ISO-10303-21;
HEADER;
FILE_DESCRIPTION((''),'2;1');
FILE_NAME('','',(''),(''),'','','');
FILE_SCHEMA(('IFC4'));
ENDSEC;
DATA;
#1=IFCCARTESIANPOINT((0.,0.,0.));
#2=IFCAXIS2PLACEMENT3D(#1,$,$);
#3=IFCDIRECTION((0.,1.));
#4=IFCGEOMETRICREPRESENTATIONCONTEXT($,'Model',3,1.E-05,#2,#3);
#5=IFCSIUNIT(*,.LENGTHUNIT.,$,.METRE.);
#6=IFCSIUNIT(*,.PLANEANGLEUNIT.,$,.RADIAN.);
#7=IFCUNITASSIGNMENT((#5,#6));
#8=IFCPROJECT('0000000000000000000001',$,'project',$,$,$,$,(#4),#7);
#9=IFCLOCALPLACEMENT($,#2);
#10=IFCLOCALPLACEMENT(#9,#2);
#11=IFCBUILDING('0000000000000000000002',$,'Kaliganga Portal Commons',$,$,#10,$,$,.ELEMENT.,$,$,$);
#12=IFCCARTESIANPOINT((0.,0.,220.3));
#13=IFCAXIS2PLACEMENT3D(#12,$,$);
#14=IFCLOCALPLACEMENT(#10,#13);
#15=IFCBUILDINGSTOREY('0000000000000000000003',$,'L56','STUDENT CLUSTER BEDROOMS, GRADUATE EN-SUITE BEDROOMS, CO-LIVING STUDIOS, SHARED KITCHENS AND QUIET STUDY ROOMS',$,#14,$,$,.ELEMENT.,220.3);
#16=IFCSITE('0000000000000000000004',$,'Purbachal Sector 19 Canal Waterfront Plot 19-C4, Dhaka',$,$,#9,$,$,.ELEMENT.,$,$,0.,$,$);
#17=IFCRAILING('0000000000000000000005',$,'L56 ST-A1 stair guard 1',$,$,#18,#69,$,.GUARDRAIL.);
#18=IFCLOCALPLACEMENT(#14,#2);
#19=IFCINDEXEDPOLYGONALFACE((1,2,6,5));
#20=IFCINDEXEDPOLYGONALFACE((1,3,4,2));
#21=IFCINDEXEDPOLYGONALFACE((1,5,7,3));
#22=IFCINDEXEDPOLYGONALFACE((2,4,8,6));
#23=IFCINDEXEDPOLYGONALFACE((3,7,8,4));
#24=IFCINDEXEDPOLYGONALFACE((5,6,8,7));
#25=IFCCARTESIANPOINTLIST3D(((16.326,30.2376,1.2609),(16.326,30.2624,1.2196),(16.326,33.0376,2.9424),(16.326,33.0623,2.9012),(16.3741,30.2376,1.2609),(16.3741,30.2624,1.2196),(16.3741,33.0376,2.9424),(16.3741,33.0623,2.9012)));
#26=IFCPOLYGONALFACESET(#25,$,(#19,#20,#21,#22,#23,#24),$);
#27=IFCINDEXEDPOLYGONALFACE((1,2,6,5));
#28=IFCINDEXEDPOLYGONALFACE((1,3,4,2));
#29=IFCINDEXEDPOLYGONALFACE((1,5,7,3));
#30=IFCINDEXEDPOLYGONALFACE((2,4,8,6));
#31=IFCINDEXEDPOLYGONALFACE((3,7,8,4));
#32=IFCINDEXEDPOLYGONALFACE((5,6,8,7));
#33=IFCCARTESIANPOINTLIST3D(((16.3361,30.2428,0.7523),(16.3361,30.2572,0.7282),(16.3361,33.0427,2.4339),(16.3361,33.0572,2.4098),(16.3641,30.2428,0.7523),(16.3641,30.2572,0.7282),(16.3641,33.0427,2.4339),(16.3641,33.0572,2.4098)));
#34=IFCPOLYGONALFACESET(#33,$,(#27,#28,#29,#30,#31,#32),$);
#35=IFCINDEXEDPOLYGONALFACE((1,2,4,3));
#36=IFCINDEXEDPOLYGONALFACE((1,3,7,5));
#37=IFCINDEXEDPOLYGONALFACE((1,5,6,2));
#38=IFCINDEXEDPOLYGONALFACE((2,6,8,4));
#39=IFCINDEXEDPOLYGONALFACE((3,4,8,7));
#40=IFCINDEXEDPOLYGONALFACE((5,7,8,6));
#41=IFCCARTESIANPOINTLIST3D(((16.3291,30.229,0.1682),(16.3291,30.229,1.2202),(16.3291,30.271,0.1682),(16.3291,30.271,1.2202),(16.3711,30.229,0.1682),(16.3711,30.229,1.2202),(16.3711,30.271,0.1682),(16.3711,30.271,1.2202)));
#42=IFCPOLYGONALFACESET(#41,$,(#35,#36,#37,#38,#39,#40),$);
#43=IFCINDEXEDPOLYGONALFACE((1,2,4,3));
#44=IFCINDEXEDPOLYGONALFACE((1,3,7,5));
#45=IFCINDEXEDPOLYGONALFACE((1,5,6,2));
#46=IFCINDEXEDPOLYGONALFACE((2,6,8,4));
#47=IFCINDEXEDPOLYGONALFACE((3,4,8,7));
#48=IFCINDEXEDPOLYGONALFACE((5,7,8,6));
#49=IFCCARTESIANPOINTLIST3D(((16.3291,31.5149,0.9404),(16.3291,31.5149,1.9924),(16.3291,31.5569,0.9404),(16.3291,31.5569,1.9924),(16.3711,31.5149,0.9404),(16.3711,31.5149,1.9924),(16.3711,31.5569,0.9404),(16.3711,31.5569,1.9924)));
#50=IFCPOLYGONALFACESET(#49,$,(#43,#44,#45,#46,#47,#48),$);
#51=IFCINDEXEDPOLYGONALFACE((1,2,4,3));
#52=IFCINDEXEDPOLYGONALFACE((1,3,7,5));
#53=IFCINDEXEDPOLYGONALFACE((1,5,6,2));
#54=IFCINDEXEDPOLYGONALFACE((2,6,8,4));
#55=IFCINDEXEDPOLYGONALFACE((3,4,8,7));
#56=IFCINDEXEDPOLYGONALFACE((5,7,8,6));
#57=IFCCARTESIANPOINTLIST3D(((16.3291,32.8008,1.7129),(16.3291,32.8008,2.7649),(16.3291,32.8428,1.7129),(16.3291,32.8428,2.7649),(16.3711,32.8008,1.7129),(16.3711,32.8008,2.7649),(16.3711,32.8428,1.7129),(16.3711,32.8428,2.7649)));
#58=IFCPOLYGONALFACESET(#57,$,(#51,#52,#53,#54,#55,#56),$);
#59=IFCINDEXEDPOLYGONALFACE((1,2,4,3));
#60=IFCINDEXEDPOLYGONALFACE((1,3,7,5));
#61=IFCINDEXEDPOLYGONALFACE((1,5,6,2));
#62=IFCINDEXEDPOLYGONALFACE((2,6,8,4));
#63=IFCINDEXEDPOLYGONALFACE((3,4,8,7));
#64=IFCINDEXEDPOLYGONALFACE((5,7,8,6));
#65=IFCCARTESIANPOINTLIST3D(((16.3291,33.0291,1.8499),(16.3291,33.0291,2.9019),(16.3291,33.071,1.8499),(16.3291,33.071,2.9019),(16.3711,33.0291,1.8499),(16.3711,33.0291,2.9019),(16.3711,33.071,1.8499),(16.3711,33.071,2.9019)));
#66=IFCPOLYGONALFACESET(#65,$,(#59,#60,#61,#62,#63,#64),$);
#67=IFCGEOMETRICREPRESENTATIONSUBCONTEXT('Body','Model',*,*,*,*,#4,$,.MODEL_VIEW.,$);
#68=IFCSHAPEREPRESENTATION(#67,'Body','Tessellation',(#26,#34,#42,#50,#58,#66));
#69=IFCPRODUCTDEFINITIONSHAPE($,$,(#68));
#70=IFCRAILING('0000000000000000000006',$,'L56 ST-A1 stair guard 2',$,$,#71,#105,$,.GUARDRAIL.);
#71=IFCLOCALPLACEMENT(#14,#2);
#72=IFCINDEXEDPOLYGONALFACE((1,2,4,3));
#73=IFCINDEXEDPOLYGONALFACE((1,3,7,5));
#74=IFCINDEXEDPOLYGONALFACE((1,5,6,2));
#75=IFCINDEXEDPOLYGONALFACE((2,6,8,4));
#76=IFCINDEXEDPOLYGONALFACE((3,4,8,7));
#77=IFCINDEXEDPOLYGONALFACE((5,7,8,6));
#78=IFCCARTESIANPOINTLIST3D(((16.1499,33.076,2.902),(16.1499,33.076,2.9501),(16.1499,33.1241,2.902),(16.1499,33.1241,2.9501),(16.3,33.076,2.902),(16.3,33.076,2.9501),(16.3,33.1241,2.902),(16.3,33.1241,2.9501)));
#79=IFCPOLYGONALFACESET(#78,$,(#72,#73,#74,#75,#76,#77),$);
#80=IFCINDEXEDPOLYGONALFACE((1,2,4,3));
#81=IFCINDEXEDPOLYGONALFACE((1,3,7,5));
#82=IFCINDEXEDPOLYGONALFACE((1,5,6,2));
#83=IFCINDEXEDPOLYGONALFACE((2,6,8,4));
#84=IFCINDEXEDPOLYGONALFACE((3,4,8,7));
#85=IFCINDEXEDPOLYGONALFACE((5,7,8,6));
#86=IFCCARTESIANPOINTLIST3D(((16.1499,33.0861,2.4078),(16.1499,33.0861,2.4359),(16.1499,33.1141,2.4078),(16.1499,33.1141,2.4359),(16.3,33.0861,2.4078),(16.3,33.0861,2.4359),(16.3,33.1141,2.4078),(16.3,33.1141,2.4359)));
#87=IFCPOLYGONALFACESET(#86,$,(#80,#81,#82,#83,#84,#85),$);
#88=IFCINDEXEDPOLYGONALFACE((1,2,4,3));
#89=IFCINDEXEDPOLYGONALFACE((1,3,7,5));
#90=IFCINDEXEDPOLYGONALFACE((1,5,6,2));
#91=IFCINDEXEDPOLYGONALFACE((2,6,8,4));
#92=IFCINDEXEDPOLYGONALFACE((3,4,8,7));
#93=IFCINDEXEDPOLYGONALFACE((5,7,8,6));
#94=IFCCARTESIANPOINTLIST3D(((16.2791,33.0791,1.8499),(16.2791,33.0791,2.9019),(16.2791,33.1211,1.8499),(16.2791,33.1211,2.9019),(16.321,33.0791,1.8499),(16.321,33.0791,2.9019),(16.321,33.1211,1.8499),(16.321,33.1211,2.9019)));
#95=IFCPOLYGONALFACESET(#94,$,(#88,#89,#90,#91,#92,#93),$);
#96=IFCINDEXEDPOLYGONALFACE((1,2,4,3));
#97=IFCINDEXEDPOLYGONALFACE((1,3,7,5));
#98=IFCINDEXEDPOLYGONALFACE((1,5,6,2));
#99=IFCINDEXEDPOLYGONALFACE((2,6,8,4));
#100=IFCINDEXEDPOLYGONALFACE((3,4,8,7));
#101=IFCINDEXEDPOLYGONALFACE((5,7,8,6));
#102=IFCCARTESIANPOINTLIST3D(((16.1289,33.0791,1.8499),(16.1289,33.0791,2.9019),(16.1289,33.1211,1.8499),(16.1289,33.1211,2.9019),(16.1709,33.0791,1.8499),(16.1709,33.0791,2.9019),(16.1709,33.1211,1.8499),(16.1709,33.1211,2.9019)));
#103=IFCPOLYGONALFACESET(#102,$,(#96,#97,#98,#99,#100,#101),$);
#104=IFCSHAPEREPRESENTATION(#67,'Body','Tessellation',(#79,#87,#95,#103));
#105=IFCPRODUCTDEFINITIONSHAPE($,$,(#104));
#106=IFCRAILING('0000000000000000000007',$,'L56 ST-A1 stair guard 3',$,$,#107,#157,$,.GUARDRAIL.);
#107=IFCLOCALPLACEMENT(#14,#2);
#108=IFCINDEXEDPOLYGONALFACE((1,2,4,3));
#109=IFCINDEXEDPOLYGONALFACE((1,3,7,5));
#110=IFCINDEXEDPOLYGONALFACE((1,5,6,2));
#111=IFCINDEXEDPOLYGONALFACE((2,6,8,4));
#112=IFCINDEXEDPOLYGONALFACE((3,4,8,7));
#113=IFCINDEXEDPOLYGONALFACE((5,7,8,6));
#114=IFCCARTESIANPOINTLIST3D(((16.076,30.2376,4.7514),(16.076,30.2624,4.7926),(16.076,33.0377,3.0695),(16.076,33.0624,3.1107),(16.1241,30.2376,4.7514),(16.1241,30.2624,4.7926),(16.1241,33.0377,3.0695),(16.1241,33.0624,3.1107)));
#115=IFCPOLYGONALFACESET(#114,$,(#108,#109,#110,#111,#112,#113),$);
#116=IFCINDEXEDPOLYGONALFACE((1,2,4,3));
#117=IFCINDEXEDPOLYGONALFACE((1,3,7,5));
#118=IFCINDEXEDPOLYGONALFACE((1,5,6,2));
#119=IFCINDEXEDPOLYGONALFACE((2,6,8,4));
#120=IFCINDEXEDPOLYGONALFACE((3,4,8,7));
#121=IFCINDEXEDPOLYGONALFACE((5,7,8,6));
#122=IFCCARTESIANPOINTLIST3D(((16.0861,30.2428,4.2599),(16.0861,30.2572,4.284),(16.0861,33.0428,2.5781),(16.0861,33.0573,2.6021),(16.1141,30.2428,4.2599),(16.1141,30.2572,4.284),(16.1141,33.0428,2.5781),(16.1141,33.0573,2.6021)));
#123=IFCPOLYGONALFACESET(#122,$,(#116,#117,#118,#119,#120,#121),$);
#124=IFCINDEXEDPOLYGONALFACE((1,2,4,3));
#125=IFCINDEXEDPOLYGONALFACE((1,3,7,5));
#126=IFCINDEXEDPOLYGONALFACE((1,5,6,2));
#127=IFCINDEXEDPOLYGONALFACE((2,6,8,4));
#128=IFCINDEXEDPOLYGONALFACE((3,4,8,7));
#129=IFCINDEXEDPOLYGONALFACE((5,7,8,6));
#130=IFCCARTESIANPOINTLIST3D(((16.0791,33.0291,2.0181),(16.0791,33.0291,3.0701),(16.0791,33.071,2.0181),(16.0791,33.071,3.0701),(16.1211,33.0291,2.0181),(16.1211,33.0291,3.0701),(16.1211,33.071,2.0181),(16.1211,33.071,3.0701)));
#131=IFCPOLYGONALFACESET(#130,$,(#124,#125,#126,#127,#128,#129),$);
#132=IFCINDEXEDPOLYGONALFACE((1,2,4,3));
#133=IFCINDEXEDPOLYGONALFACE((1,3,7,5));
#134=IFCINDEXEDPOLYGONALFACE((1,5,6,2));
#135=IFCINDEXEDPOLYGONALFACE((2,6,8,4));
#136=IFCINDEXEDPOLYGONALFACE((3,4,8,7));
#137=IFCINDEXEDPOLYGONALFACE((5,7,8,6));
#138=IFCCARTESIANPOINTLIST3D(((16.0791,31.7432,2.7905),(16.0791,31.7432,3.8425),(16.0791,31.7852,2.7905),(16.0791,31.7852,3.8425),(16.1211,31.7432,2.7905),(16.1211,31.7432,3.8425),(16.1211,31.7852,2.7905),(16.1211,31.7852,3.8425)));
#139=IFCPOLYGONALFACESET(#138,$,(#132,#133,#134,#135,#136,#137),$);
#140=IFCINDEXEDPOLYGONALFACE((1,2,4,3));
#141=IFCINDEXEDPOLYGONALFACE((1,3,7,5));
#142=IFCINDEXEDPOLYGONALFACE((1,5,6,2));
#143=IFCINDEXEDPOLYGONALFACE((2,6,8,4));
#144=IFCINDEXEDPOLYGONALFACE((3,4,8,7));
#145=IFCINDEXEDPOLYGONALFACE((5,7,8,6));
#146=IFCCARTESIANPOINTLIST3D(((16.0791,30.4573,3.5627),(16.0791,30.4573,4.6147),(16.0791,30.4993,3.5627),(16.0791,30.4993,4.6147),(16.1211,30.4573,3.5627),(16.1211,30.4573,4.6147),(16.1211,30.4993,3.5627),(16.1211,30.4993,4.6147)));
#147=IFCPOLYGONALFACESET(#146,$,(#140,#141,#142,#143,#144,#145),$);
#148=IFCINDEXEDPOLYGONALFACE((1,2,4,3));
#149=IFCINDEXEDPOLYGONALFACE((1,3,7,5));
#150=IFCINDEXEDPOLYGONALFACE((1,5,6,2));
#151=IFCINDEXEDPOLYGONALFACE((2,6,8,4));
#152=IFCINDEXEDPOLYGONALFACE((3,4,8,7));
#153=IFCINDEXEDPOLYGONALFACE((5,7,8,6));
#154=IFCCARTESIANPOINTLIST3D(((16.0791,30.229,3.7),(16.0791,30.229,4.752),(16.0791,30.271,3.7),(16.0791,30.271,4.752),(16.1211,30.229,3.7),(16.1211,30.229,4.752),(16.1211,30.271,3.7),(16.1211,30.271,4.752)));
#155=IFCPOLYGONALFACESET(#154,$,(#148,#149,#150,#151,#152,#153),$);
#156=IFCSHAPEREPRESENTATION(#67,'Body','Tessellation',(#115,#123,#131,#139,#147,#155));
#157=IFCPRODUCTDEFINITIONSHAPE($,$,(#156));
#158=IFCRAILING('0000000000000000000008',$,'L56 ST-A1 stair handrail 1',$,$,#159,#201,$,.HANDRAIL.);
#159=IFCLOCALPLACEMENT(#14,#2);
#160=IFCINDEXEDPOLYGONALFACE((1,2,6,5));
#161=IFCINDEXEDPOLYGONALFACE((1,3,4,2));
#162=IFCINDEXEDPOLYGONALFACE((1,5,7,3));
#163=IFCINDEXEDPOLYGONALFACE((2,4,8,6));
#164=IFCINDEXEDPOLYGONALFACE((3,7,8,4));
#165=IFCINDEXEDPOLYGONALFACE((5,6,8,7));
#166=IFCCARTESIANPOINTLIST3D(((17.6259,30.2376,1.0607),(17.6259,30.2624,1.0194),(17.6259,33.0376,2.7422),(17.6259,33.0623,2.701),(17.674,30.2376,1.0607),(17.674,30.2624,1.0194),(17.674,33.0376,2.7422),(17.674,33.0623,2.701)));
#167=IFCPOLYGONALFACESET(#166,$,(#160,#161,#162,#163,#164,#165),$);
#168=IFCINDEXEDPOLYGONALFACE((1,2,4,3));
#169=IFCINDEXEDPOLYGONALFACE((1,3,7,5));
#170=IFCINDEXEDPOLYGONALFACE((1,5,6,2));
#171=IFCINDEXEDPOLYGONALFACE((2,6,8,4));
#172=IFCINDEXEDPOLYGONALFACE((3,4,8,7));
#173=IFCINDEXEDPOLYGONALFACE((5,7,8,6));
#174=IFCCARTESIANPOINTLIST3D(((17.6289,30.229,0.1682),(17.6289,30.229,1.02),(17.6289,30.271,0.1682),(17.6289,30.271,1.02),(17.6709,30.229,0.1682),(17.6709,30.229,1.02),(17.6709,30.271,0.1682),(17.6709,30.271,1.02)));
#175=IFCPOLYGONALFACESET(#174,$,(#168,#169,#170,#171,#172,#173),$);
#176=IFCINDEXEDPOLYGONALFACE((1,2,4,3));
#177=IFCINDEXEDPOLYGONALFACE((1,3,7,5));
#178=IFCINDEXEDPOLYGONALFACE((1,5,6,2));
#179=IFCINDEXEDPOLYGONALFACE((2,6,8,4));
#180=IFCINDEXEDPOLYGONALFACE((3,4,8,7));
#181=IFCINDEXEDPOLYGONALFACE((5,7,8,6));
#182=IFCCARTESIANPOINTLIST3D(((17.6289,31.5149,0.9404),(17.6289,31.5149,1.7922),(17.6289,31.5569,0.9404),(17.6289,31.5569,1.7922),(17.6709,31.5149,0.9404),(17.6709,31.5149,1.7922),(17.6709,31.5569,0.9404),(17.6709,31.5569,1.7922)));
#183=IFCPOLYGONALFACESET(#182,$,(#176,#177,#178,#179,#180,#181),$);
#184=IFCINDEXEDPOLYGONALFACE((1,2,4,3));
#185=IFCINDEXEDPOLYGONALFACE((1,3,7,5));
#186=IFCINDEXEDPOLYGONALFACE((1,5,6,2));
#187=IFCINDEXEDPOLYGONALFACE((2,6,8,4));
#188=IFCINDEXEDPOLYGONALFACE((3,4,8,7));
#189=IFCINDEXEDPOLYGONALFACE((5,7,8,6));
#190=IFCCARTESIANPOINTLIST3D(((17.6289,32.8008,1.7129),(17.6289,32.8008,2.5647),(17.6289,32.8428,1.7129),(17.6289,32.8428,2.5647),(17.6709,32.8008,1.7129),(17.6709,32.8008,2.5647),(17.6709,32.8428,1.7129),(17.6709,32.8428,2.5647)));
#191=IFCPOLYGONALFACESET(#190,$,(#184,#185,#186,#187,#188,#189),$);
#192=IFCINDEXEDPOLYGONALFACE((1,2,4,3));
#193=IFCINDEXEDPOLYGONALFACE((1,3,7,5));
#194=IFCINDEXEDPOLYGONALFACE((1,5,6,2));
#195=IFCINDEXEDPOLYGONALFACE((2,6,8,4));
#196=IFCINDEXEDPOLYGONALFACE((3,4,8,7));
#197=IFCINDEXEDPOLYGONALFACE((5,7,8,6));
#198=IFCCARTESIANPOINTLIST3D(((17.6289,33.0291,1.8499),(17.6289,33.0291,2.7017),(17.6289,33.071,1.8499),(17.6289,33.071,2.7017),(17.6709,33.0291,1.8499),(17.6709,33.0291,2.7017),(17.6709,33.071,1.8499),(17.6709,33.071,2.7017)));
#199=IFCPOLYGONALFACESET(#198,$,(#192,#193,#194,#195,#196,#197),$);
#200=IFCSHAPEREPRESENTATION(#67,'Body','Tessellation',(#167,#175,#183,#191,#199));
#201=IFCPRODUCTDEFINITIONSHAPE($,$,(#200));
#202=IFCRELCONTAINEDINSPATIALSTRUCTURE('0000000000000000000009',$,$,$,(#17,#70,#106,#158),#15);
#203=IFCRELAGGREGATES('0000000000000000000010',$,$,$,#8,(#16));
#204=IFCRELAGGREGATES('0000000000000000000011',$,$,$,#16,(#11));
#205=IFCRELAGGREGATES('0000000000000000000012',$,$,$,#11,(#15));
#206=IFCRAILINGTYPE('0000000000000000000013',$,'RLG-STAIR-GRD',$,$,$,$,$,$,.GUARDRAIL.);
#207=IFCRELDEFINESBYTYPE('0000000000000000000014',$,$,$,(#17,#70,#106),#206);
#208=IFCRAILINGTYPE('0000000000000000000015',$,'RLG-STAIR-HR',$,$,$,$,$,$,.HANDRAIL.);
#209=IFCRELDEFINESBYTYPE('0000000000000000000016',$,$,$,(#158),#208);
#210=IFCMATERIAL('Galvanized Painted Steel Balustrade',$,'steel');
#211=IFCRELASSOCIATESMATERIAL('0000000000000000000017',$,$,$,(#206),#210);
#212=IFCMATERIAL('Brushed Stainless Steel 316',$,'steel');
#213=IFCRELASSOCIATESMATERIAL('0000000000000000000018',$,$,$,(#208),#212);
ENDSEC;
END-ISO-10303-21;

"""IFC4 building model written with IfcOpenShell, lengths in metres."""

from ifc_helpers import new_model, si_unit, direction, frame, origin, origin_2d, place, context, subcontext, project, spatial, rectangle, extrude, material, type_object, element, save


model = new_model("IFC4")

# Units and contexts
model_context = context("Model", 3, precision=1e-05, world=origin(), true_north=direction((0.0, 1.0)))
body_context = subcontext(model_context, "Body", "Model", "MODEL_VIEW")
ifc_project = project(units=[si_unit("LENGTHUNIT", "METRE"), si_unit("PLANEANGLEUNIT", "RADIAN")], contexts=[model_context])

# Site, building, storey
site_placement = place(None, origin())
site = spatial("IfcSite", under=ifc_project, at=site_placement, Name="Purbachal Sector 19 Canal Waterfront Plot 19-C4, Dhaka", CompositionType="ELEMENT", RefElevation=0.0)
building_placement = place(site_placement, origin())
building = spatial("IfcBuilding", under=site, at=building_placement, Name="Kaliganga Portal Commons", CompositionType="ELEMENT")
storey_placement = place(building_placement, frame((0.0, 0.0, 220.3)))
storey = spatial("IfcBuildingStorey", under=building, at=storey_placement, Name="L56", Description="STUDENT CLUSTER BEDROOMS, GRADUATE EN-SUITE BEDROOMS, CO-LIVING STUDIOS, SHARED KITCHENS AND QUIET STUDY ROOMS", CompositionType="ELEMENT", Elevation=220.3)

# Railings
ifc_material_1 = material(Name="Galvanized Painted Steel Balustrade", Category="steel")
railing_type_1 = type_object("IfcRailingType", Name="RLG-STAIR-GRD", PredefinedType="GUARDRAIL", material=ifc_material_1)
railing_1_placement = place(storey_placement, frame((16.3501, 30.25, 0.1682)))
element("IfcRailing", 1, at=railing_1_placement, inside=storey, type_object=railing_type_1, Name="L56 ST-A1 stair guard 1", PredefinedType="GUARDRAIL", context=body_context, shape_type="SweptSolid", body=[
    extrude(rectangle(XDim=0.0481, YDim=0.0481, at=origin_2d()), frame((0.0, 0.0, 1.072), z_axis=(0.0, 0.857275, 0.514858), x_axis=(-1.0, 0.0, 0.0)), (0.0, 0.0, 1.0), 3.2661),
    extrude(rectangle(XDim=0.0281, YDim=0.0281, at=origin_2d()), frame((0.0, 0.0, 0.572), z_axis=(0.0, 0.857275, 0.514858), x_axis=(-1.0, 0.0, 0.0)), (0.0, 0.0, 1.0), 3.2661),
    extrude(rectangle(XDim=0.042, YDim=0.042, at=origin_2d()), origin(), (0.0, 0.0, 1.0), 1.052),
    extrude(rectangle(XDim=0.042, YDim=0.042, at=origin_2d()), frame((0.0, 1.2859, 0.7722)), (0.0, 0.0, 1.0), 1.052),
    extrude(rectangle(XDim=0.042, YDim=0.042, at=origin_2d()), frame((0.0, 2.5718, 1.5447)), (0.0, 0.0, 1.0), 1.052),
    extrude(rectangle(XDim=0.042, YDim=0.042, at=origin_2d()), frame((0.0, 2.8, 1.6816)), (0.0, 0.0, 1.0), 1.052),
])
railing_2_placement = place(storey_placement, frame((16.3, 33.1001, 1.8499)))
element("IfcRailing", 2, at=railing_2_placement, inside=storey, type_object=railing_type_1, Name="L56 ST-A1 stair guard 2", PredefinedType="GUARDRAIL", context=body_context, shape_type="SweptSolid", body=[
    extrude(rectangle(XDim=0.0481, YDim=0.0481, at=origin_2d()), frame((0.0, 0.0, 1.0762), z_axis=(-1.0, 0.0, 0.0), x_axis=(0.0, -1.0, 0.0)), (0.0, 0.0, 1.0), 0.1501),
    extrude(rectangle(XDim=0.0281, YDim=0.0281, at=origin_2d()), frame((0.0, 0.0, 0.572), z_axis=(-1.0, 0.0, 0.0), x_axis=(0.0, -1.0, 0.0)), (0.0, 0.0, 1.0), 0.1501),
    extrude(rectangle(XDim=0.042, YDim=0.042, at=origin_2d()), origin(), (0.0, 0.0, 1.0), 1.052),
    extrude(rectangle(XDim=0.042, YDim=0.042, at=origin_2d()), frame((-0.1501, 0.0, 0.0)), (0.0, 0.0, 1.0), 1.052),
])
railing_3_placement = place(storey_placement, frame((16.1001, 33.05, 2.0181)))
element("IfcRailing", 3, at=railing_3_placement, inside=storey, type_object=railing_type_1, Name="L56 ST-A1 stair guard 3", PredefinedType="GUARDRAIL", context=body_context, shape_type="SweptSolid", body=[
    extrude(rectangle(XDim=0.0481, YDim=0.0481, at=origin_2d()), frame((0.0, 0.0, 1.072), z_axis=(0.0, -0.857242, 0.514913), x_axis=(1.0, 0.0, 0.0)), (0.0, 0.0, 1.0), 3.2664),
    extrude(rectangle(XDim=0.0281, YDim=0.0281, at=origin_2d()), frame((0.0, 0.0, 0.572), z_axis=(0.0, -0.857242, 0.514913), x_axis=(1.0, 0.0, 0.0)), (0.0, 0.0, 1.0), 3.2664),
    extrude(rectangle(XDim=0.042, YDim=0.042, at=origin_2d()), origin(), (0.0, 0.0, 1.0), 1.052),
    extrude(rectangle(XDim=0.042, YDim=0.042, at=origin_2d()), frame((0.0, -1.2859, 0.7725)), (0.0, 0.0, 1.0), 1.052),
    extrude(rectangle(XDim=0.042, YDim=0.042, at=origin_2d()), frame((0.0, -2.5718, 1.5447)), (0.0, 0.0, 1.0), 1.052),
    extrude(rectangle(XDim=0.042, YDim=0.042, at=origin_2d()), frame((0.0, -2.8, 1.6819)), (0.0, 0.0, 1.0), 1.052),
])
ifc_material_2 = material(Name="Brushed Stainless Steel 316", Category="steel")
railing_type_2 = type_object("IfcRailingType", Name="RLG-STAIR-HR", PredefinedType="HANDRAIL", material=ifc_material_2)
railing_4_placement = place(storey_placement, frame((17.6499, 30.25, 0.1682)))
element("IfcRailing", 4, at=railing_4_placement, inside=storey, type_object=railing_type_2, Name="L56 ST-A1 stair handrail 1", PredefinedType="HANDRAIL", context=body_context, shape_type="SweptSolid", body=[
    extrude(rectangle(XDim=0.0481, YDim=0.0481, at=origin_2d()), frame((0.0, 0.0, 0.8718), z_axis=(0.0, 0.857275, 0.514858), x_axis=(-1.0, 0.0, 0.0)), (0.0, 0.0, 1.0), 3.2661),
    extrude(rectangle(XDim=0.042, YDim=0.042, at=origin_2d()), origin(), (0.0, 0.0, 1.0), 0.8518),
    extrude(rectangle(XDim=0.042, YDim=0.042, at=origin_2d()), frame((0.0, 1.2859, 0.7722)), (0.0, 0.0, 1.0), 0.8518),
    extrude(rectangle(XDim=0.042, YDim=0.042, at=origin_2d()), frame((0.0, 2.5718, 1.5447)), (0.0, 0.0, 1.0), 0.8518),
    extrude(rectangle(XDim=0.042, YDim=0.042, at=origin_2d()), frame((0.0, 2.8, 1.6816)), (0.0, 0.0, 1.0), 0.8518),
])

save(model, "model.ifc")
